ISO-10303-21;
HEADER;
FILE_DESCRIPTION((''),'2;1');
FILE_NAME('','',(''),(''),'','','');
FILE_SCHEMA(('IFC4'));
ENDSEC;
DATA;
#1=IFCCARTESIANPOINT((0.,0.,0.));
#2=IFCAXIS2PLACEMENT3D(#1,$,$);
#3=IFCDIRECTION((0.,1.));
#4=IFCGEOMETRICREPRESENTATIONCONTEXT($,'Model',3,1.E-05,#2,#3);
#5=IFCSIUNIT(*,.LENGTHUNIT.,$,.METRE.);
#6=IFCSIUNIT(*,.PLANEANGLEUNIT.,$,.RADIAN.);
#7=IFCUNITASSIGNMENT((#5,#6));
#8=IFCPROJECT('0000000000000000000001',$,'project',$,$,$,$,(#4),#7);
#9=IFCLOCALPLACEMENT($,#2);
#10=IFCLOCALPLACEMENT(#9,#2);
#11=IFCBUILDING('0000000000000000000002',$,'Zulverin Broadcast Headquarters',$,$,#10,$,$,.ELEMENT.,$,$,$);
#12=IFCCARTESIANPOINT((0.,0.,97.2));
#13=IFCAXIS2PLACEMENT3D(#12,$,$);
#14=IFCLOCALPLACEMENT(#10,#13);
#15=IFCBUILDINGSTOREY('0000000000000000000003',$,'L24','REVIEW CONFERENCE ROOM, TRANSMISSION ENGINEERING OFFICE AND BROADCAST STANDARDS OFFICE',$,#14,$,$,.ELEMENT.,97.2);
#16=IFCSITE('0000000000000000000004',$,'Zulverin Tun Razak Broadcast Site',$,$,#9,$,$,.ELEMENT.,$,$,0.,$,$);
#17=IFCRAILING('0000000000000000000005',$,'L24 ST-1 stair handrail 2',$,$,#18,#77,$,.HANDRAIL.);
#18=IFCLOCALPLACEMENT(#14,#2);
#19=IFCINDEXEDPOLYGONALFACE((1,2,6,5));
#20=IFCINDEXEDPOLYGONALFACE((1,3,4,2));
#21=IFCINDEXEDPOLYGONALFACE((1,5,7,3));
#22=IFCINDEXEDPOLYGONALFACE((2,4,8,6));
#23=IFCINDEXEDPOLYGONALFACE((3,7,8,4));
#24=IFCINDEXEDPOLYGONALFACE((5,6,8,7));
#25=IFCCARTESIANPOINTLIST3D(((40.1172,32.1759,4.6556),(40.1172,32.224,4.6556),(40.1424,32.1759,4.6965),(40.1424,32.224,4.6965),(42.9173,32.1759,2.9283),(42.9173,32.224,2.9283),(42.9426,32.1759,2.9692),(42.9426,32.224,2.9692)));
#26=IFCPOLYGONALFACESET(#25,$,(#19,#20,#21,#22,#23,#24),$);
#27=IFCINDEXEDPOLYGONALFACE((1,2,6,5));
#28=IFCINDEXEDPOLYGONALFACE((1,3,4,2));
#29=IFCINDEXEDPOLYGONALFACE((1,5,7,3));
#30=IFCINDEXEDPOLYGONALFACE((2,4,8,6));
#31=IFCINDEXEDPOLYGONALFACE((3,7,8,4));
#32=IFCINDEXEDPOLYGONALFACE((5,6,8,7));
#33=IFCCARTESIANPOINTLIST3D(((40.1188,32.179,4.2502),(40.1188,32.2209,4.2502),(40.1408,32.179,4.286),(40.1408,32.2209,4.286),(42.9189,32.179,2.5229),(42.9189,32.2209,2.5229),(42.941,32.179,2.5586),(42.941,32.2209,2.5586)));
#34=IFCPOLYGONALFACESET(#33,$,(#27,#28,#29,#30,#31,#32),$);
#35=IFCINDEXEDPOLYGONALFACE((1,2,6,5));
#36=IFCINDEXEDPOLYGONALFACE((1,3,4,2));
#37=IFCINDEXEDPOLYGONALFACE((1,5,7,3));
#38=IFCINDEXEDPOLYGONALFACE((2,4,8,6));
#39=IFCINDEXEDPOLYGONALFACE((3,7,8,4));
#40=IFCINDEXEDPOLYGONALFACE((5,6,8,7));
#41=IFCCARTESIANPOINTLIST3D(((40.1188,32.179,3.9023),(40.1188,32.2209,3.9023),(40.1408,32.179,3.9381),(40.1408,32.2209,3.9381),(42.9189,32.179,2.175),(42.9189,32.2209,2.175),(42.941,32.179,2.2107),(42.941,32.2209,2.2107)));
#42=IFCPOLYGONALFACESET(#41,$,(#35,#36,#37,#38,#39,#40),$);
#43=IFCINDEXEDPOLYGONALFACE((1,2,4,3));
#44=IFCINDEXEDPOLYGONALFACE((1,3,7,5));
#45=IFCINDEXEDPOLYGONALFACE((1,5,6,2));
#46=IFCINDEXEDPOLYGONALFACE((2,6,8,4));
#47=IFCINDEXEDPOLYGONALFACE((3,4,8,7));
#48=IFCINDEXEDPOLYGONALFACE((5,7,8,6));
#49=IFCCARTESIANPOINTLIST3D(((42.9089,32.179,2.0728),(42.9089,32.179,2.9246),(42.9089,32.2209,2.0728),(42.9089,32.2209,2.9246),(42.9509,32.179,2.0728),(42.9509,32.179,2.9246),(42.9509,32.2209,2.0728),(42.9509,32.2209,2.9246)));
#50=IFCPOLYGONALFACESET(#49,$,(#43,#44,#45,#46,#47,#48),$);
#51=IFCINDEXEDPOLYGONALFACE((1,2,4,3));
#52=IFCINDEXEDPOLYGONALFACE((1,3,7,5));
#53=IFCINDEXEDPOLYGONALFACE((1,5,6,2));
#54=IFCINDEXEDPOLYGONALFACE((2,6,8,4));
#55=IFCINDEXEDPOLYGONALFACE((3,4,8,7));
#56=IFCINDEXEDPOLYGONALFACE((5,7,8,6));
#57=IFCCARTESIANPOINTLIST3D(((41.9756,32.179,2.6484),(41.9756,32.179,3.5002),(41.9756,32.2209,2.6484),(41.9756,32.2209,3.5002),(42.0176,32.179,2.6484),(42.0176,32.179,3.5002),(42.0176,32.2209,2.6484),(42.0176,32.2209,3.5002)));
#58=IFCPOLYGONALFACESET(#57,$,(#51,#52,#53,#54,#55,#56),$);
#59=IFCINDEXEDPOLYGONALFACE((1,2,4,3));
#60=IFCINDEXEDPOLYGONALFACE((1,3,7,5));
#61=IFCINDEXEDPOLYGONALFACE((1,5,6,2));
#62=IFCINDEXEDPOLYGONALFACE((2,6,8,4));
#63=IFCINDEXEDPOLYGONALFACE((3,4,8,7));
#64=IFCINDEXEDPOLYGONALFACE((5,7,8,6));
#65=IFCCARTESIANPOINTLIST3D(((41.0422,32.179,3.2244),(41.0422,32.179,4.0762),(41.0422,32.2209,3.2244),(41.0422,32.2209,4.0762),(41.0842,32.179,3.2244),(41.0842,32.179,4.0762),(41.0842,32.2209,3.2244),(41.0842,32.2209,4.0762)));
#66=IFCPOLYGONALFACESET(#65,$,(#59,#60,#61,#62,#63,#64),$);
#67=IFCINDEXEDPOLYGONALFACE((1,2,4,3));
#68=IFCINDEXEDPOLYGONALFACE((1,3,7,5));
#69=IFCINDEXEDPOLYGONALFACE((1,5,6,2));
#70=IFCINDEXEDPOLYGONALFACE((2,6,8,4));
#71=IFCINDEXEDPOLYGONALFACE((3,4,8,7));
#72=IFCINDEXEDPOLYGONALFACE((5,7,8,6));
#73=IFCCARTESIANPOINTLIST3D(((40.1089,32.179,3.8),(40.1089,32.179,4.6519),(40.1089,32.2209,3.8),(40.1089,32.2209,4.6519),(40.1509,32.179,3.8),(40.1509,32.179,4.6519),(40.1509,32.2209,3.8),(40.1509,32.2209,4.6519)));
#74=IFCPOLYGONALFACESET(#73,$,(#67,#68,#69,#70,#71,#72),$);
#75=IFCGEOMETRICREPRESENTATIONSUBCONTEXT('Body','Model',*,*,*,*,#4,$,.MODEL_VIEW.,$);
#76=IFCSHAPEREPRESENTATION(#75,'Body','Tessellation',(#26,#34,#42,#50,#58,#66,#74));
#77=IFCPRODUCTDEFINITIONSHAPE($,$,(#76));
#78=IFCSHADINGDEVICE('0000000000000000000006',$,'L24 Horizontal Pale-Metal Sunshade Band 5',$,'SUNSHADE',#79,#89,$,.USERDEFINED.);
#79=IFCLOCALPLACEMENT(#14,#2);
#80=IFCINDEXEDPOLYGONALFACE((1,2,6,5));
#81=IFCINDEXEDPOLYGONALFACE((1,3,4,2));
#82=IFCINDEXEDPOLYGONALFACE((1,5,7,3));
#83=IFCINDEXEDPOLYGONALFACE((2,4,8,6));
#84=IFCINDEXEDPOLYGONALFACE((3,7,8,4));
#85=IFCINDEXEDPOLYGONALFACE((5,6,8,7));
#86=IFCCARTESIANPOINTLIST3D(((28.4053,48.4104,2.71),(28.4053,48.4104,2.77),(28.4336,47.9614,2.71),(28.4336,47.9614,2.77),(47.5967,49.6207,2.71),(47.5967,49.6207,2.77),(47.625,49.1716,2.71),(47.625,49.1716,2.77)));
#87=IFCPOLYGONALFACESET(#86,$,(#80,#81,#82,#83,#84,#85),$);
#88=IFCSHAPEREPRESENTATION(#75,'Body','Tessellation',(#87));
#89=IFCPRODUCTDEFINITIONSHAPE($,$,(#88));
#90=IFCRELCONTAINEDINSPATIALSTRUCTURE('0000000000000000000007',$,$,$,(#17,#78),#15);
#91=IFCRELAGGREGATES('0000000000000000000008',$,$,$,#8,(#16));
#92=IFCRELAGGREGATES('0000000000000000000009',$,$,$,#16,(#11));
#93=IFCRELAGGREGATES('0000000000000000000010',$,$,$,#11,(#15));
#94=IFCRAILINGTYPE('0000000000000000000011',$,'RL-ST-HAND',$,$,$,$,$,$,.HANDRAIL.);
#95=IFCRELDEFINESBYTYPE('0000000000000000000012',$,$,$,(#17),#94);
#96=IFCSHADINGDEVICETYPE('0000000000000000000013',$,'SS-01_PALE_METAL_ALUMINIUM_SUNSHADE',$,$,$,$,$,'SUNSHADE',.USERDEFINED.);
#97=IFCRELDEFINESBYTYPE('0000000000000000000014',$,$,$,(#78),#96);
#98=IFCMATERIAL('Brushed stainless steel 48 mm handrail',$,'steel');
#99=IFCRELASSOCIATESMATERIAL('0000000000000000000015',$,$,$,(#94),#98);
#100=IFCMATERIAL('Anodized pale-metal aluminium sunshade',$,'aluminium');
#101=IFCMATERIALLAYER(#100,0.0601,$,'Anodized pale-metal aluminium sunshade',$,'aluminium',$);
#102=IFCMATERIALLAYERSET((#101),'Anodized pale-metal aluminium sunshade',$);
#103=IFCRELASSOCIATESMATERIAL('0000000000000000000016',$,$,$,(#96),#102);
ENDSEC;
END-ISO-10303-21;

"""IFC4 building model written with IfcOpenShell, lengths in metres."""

from ifc_helpers import new_model, si_unit, direction, frame, origin, origin_2d, place, context, subcontext, project, spatial, rectangle, extrude, material, layer, layer_set, type_object, element, save


model = new_model("IFC4")

# Units and contexts
model_context = context("Model", 3, precision=1e-05, world=origin(), true_north=direction((0.0, 1.0)))
body_context = subcontext(model_context, "Body", "Model", "MODEL_VIEW")
ifc_project = project(units=[si_unit("LENGTHUNIT", "METRE"), si_unit("PLANEANGLEUNIT", "RADIAN")], contexts=[model_context])

# Site, building, storey
site_placement = place(None, origin())
site = spatial("IfcSite", under=ifc_project, at=site_placement, Name="Zulverin Tun Razak Broadcast Site", CompositionType="ELEMENT", RefElevation=0.0)
building_placement = place(site_placement, origin())
building = spatial("IfcBuilding", under=site, at=building_placement, Name="Zulverin Broadcast Headquarters", CompositionType="ELEMENT")
storey_placement = place(building_placement, frame((0.0, 0.0, 97.2)))
storey = spatial("IfcBuildingStorey", under=building, at=storey_placement, Name="L24", Description="REVIEW CONFERENCE ROOM, TRANSMISSION ENGINEERING OFFICE AND BROADCAST STANDARDS OFFICE", CompositionType="ELEMENT", Elevation=97.2)

# Railing
ifc_material_1 = material(Name="Brushed stainless steel 48 mm handrail", Category="steel")
railing_type_1 = type_object("IfcRailingType", Name="RL-ST-HAND", PredefinedType="HANDRAIL", material=ifc_material_1)
railing_1_placement = place(storey_placement, frame((42.9299, 32.2, 2.0728)))
element("IfcRailing", 1, at=railing_1_placement, inside=storey, type_object=railing_type_1, Name="L24 ST-1 stair handrail 2", PredefinedType="HANDRAIL", context=body_context, shape_type="SweptSolid", body=[
    extrude(rectangle(XDim=0.0481, YDim=0.0481, at=origin_2d()), frame((0.0, 0.0, 0.876), z_axis=(-0.85109, 0.0, 0.52502), x_axis=(0.0, -1.0, 0.0)), (0.0, 0.0, 1.0), 3.29),
    extrude(rectangle(XDim=0.042, YDim=0.042, at=origin_2d()), frame((0.0, 0.0, 0.468), z_axis=(-0.85109, 0.0, 0.52502), x_axis=(0.0, -1.0, 0.0)), (0.0, 0.0, 1.0), 3.29),
    extrude(rectangle(XDim=0.042, YDim=0.042, at=origin_2d()), frame((0.0, 0.0, 0.1201), z_axis=(-0.85109, 0.0, 0.52502), x_axis=(0.0, -1.0, 0.0)), (0.0, 0.0, 1.0), 3.29),
    extrude(rectangle(XDim=0.042, YDim=0.042, at=origin_2d()), origin(), (0.0, 0.0, 1.0), 0.8518),
    extrude(rectangle(XDim=0.042, YDim=0.042, at=origin_2d()), frame((-0.9333, 0.0, 0.5757)), (0.0, 0.0, 1.0), 0.8518),
    extrude(rectangle(XDim=0.042, YDim=0.042, at=origin_2d()), frame((-1.8667, 0.0, 1.1516)), (0.0, 0.0, 1.0), 0.8518),
    extrude(rectangle(XDim=0.042, YDim=0.042, at=origin_2d()), frame((-2.8, 0.0, 1.7273)), (0.0, 0.0, 1.0), 0.8518),
])

# Shading device
ifc_material_2 = material(Name="Anodized pale-metal aluminium sunshade", Category="aluminium")
ifc_layer_1 = layer(ifc_material_2, 0.0601, Name="Anodized pale-metal aluminium sunshade", Category="aluminium")
ifc_layer_set_1 = layer_set([ifc_layer_1], Name="Anodized pale-metal aluminium sunshade")
shading_device_type = type_object("IfcShadingDeviceType", Name="SS-01_PALE_METAL_ALUMINIUM_SUNSHADE", ElementType="SUNSHADE", PredefinedType="USERDEFINED", material=ifc_layer_set_1)
shading_device_placement = place(storey_placement, frame((38.0151, 48.791, 2.71), z_axis=(0.0, 0.0, 1.0), x_axis=(-0.998018, -0.062935, 0.0)))
element("IfcShadingDevice", 2, at=shading_device_placement, inside=storey, type_object=shading_device_type, Name="L24 Horizontal Pale-Metal Sunshade Band 5", ObjectType="SUNSHADE", PredefinedType="USERDEFINED", context=body_context, shape_type="SweptSolid", body=[
    extrude(rectangle(XDim=19.2295, YDim=0.45, at=origin_2d()), origin(), (0.0, 0.0, 1.0), 0.0601),
])

save(model, "model.ifc")
